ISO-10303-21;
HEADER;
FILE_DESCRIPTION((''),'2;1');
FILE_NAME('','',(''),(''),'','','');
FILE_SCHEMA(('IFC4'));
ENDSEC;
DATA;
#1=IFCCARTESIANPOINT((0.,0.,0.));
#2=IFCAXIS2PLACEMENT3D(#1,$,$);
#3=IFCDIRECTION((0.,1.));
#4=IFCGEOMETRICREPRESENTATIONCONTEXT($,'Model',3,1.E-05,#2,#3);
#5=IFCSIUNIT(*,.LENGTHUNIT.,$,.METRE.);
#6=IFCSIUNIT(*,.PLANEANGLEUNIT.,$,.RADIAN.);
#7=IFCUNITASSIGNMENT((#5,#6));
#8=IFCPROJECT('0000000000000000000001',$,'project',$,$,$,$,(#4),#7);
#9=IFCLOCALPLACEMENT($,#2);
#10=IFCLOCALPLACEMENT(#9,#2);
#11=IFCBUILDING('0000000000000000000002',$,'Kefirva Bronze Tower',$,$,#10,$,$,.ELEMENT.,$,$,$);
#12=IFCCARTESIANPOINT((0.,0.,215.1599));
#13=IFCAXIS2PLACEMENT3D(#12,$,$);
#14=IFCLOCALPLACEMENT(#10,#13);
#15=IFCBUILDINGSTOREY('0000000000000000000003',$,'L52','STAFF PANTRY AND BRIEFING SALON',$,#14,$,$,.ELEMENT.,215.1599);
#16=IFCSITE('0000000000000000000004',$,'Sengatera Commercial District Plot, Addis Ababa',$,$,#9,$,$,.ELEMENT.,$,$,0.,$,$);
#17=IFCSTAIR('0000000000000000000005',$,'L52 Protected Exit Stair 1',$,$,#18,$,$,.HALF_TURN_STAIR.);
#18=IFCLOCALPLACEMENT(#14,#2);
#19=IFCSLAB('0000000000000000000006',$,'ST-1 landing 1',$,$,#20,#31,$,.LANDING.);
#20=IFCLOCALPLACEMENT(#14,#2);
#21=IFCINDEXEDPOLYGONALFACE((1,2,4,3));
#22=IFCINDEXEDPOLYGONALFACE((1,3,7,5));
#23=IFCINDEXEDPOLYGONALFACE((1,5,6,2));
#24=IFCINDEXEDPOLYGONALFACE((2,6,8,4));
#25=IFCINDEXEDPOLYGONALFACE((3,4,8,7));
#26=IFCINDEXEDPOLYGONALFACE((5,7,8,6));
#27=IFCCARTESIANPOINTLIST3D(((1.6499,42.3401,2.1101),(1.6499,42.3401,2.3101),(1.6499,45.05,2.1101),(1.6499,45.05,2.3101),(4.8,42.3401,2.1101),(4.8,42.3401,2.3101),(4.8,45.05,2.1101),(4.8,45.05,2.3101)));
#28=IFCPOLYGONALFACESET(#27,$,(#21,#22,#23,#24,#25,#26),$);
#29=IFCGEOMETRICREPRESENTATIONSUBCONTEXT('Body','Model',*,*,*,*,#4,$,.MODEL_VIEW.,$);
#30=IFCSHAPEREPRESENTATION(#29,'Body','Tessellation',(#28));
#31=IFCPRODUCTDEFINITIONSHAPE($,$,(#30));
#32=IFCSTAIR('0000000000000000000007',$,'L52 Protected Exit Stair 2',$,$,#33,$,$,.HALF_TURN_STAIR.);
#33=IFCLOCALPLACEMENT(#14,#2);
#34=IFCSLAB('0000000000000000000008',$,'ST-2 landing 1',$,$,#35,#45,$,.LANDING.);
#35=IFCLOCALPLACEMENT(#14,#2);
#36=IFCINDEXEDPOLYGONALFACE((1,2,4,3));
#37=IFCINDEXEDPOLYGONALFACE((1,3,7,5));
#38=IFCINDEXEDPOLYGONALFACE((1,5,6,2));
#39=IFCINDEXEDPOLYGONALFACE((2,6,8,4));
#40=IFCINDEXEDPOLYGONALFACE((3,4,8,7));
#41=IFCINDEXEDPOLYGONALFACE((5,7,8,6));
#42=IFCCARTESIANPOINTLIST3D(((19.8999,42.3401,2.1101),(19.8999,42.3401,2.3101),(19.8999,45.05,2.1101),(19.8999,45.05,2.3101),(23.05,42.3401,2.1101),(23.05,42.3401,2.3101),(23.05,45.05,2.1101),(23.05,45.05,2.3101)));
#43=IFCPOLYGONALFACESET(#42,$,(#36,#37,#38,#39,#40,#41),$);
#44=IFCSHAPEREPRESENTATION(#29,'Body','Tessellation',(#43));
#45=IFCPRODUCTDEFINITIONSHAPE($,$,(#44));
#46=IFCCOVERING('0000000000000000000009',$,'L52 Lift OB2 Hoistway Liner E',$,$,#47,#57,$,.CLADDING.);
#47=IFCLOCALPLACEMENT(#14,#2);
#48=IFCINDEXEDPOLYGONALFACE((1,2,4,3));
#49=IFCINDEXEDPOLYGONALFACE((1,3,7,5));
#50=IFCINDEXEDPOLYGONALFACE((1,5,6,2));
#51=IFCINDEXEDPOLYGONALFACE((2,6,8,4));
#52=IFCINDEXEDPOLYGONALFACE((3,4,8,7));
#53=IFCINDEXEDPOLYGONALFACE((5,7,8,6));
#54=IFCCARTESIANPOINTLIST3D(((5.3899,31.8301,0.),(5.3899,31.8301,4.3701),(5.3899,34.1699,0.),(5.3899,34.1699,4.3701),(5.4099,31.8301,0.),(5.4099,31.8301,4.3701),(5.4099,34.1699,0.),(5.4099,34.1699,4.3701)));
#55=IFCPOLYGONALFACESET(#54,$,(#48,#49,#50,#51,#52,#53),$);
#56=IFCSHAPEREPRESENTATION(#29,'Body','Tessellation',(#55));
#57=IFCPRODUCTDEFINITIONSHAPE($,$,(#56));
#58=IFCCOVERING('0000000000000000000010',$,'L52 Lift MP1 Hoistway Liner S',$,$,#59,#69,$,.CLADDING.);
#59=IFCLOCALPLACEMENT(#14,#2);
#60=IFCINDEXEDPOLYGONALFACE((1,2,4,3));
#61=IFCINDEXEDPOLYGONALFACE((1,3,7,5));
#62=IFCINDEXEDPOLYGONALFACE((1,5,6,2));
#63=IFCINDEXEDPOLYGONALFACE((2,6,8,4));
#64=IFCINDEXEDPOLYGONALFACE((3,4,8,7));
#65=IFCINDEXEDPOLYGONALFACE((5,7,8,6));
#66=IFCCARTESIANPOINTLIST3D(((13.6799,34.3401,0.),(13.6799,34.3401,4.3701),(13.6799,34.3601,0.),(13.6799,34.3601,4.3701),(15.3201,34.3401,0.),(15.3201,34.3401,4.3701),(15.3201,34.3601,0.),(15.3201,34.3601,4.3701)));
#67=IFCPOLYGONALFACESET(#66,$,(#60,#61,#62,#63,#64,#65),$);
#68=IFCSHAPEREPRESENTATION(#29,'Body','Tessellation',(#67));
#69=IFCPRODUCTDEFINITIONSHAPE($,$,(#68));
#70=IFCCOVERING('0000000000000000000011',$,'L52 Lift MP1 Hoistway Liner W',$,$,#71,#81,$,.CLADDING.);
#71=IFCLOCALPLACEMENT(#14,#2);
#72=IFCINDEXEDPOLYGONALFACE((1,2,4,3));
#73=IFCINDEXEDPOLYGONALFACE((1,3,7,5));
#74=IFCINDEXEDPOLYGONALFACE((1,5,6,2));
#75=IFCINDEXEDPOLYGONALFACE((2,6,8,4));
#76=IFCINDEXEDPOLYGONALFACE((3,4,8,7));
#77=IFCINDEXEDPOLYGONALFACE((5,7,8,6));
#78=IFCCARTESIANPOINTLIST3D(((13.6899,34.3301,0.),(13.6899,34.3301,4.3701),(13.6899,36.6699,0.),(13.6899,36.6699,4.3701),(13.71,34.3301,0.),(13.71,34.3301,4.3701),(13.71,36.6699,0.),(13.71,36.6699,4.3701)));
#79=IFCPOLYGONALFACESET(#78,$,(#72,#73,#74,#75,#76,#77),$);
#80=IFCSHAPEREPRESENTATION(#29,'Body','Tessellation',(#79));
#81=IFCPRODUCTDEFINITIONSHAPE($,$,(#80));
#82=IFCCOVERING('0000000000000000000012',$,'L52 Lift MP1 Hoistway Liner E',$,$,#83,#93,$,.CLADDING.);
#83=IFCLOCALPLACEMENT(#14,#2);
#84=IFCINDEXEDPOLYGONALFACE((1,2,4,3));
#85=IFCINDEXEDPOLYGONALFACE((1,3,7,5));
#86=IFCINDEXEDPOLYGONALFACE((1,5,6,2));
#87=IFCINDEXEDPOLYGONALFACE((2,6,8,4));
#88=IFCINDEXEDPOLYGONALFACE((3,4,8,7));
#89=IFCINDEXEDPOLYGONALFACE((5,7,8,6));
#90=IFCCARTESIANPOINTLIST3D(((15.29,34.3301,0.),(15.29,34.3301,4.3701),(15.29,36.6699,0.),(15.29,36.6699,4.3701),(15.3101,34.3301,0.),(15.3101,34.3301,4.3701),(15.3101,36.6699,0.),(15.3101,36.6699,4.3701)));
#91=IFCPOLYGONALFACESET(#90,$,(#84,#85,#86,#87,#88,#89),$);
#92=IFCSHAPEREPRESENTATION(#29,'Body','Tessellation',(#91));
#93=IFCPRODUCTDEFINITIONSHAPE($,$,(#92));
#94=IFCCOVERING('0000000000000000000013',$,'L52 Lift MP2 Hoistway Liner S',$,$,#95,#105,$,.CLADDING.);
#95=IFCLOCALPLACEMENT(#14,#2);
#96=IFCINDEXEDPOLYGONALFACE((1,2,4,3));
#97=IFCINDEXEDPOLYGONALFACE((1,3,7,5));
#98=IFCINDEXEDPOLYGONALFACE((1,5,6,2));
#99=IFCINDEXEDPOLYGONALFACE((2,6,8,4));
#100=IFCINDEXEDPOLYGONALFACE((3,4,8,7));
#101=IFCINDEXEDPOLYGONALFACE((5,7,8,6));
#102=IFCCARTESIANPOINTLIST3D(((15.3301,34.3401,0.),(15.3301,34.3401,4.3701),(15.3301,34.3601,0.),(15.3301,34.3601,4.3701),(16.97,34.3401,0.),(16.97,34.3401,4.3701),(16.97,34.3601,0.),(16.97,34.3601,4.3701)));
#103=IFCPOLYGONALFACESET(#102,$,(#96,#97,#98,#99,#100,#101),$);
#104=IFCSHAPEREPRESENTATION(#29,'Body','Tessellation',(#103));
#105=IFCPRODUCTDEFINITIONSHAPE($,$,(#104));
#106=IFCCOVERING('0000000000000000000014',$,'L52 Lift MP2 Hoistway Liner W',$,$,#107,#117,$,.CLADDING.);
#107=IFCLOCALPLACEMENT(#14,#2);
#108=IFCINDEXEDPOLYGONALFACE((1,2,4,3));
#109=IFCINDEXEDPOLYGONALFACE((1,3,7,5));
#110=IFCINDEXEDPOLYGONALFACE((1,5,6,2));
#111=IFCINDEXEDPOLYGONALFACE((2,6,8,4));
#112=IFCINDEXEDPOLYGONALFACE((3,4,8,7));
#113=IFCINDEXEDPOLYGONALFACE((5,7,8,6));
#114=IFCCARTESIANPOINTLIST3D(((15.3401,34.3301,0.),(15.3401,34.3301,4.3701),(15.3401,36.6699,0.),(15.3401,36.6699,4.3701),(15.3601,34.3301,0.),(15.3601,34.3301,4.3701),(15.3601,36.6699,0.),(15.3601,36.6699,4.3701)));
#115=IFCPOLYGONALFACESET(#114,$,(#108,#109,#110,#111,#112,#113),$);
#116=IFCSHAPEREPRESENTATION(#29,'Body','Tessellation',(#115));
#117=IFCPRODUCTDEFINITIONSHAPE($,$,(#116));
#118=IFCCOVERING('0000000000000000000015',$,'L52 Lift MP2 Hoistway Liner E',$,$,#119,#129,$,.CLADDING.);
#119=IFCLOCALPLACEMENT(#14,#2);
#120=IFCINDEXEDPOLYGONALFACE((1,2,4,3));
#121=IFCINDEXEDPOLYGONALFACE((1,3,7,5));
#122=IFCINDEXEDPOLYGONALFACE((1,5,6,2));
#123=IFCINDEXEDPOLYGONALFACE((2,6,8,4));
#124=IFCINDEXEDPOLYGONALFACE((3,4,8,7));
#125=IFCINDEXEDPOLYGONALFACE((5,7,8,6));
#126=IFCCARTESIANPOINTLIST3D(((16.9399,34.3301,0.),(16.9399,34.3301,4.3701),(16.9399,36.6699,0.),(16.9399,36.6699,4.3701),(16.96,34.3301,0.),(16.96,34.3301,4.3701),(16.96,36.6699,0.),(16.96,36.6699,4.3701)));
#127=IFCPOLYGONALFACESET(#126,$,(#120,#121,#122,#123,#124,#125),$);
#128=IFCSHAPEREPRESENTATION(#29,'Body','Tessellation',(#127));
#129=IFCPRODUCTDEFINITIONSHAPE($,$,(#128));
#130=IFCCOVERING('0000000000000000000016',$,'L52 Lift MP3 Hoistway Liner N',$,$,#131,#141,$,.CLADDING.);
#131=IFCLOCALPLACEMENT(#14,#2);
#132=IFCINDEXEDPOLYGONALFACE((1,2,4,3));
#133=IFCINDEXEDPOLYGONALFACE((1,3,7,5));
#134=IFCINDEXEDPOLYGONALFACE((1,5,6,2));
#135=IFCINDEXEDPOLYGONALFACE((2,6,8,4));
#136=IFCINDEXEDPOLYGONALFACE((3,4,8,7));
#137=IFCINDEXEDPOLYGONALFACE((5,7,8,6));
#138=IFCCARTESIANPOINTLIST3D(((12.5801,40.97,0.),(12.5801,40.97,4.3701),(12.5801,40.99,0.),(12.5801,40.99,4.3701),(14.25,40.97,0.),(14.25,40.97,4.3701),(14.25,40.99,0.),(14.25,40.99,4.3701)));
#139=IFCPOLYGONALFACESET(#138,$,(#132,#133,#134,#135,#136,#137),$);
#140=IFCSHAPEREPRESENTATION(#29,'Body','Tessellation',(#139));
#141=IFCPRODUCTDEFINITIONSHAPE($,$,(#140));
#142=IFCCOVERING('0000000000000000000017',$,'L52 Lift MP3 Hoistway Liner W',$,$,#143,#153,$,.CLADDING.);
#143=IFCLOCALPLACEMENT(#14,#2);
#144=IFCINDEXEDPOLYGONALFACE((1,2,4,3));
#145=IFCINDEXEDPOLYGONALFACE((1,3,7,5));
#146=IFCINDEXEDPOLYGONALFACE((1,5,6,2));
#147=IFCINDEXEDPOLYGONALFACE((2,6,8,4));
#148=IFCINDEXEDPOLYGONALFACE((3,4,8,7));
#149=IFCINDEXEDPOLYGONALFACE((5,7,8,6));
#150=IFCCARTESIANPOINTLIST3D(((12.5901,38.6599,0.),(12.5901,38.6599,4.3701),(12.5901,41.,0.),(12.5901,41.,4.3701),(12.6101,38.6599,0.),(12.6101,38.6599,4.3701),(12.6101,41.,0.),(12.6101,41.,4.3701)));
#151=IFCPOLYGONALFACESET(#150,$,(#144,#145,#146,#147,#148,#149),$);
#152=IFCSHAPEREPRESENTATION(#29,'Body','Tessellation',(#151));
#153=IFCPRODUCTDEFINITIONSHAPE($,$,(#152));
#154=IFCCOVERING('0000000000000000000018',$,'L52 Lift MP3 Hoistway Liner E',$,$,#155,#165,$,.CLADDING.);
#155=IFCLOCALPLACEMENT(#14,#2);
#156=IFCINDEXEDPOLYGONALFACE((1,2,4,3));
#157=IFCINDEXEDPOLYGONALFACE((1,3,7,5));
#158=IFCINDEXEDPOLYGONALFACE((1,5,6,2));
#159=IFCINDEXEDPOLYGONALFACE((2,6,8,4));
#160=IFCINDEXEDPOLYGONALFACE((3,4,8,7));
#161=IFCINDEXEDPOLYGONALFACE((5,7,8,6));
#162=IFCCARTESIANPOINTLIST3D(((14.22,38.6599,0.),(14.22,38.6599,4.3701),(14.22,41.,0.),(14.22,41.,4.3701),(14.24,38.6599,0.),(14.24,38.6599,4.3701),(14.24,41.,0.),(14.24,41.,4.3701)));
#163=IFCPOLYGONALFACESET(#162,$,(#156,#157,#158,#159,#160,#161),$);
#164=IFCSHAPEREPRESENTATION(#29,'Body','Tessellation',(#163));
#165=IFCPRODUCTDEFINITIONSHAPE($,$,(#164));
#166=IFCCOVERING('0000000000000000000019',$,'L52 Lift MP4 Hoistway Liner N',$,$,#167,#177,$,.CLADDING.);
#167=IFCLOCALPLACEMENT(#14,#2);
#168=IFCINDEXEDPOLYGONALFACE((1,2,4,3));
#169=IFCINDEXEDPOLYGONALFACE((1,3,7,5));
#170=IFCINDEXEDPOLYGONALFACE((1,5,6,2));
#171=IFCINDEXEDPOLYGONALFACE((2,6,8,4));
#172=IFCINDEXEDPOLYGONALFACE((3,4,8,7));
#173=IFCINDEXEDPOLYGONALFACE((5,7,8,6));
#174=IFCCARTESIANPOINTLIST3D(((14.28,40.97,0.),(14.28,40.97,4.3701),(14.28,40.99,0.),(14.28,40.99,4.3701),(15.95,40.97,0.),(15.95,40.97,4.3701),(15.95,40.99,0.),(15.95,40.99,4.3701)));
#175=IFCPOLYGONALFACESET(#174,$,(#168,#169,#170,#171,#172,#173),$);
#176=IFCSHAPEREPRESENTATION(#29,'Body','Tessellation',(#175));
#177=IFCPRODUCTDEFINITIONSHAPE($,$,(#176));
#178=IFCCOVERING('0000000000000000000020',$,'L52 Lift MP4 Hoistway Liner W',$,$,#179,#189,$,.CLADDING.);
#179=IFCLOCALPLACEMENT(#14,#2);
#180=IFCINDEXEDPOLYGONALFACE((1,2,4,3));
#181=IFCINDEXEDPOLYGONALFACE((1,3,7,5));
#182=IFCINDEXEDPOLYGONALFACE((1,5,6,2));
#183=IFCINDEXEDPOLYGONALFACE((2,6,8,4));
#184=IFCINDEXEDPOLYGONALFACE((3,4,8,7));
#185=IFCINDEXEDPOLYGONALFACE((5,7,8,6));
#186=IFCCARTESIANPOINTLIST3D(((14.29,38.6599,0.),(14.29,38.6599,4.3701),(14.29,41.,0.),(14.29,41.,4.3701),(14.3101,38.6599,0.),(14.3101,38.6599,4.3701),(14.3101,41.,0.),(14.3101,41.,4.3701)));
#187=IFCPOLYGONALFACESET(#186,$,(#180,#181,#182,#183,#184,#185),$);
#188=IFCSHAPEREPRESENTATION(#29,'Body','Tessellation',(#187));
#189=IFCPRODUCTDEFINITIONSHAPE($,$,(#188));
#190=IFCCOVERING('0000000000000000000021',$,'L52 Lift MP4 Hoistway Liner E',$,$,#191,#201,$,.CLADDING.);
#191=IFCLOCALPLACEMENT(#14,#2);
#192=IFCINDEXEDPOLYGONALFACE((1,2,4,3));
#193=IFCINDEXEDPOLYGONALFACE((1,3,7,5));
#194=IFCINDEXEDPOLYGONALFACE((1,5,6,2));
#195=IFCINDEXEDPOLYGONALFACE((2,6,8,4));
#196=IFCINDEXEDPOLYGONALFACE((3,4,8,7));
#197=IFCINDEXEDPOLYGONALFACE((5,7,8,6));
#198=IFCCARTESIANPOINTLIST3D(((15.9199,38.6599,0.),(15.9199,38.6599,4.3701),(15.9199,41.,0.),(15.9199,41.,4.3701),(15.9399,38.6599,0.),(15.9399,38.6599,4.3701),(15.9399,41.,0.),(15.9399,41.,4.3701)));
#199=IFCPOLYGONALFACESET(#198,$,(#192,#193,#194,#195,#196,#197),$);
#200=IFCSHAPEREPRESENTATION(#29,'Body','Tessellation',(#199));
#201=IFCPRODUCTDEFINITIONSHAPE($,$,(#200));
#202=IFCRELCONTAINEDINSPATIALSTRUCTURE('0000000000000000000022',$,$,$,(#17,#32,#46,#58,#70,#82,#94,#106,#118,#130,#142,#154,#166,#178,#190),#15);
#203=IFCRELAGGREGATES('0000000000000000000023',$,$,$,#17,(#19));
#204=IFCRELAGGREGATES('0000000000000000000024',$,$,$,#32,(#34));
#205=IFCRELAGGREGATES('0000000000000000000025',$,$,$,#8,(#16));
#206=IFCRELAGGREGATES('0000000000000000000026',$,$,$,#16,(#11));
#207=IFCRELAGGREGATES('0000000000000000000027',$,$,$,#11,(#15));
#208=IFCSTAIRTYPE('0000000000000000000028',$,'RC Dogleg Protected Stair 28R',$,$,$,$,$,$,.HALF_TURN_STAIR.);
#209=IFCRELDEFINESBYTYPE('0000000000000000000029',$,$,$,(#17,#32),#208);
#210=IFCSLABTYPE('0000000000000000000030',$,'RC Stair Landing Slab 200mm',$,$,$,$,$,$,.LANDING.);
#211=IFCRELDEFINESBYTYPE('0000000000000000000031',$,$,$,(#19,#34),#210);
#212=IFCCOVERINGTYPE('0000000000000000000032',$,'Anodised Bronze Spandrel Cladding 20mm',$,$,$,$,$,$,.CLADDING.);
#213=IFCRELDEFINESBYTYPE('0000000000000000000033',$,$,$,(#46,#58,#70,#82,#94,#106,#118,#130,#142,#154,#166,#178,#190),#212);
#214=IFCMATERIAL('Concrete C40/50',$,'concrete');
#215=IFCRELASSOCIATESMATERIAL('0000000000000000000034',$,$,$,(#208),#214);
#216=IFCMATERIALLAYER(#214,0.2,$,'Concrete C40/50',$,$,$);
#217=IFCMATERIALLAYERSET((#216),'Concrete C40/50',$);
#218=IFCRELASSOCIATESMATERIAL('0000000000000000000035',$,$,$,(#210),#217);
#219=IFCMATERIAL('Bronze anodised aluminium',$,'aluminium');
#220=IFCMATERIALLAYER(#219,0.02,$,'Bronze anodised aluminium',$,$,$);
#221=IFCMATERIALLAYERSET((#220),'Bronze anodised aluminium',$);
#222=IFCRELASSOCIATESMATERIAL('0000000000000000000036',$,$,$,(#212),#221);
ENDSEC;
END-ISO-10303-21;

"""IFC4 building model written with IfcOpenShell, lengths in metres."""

from ifc_helpers import new_model, si_unit, direction, frame, origin, place, context, subcontext, project, spatial, polyline, outline, extrude, material, layer, layer_set, type_object, element, aggregate, save


model = new_model("IFC4")

# Units and contexts
model_context = context("Model", 3, precision=1e-05, world=origin(), true_north=direction((0.0, 1.0)))
body_context = subcontext(model_context, "Body", "Model", "MODEL_VIEW")
ifc_project = project(units=[si_unit("LENGTHUNIT", "METRE"), si_unit("PLANEANGLEUNIT", "RADIAN")], contexts=[model_context])

# Site, building, storey
site_placement = place(None, origin())
site = spatial("IfcSite", under=ifc_project, at=site_placement, Name="Sengatera Commercial District Plot, Addis Ababa", CompositionType="ELEMENT", RefElevation=0.0)
building_placement = place(site_placement, origin())
building = spatial("IfcBuilding", under=site, at=building_placement, Name="Kefirva Bronze Tower", CompositionType="ELEMENT")
storey_placement = place(building_placement, frame((0.0, 0.0, 215.1599)))
storey = spatial("IfcBuildingStorey", under=building, at=storey_placement, Name="L52", Description="STAFF PANTRY AND BRIEFING SALON", CompositionType="ELEMENT", Elevation=215.1599)

# Stairs, slabs
ifc_material_1 = material(Name="Concrete C40/50", Category="concrete")
stair_type = type_object("IfcStairType", Name="RC Dogleg Protected Stair 28R", PredefinedType="HALF_TURN_STAIR", material=ifc_material_1)
stair_1_placement = place(storey_placement, origin())
stair_1 = element("IfcStair", 1, at=stair_1_placement, inside=storey, type_object=stair_type, Name="L52 Protected Exit Stair 1", PredefinedType="HALF_TURN_STAIR")
ifc_layer_1 = layer(ifc_material_1, 0.2, Name="Concrete C40/50")
ifc_layer_set_1 = layer_set([ifc_layer_1], Name="Concrete C40/50")
slab_type = type_object("IfcSlabType", Name="RC Stair Landing Slab 200mm", PredefinedType="LANDING", material=ifc_layer_set_1)
slab_1_placement = place(storey_placement, frame((0.0, 0.0, 2.1101)))
slab_1 = element("IfcSlab", 2, at=slab_1_placement, type_object=slab_type, Name="ST-1 landing 1", PredefinedType="LANDING", context=body_context, shape_type="SweptSolid", body=[
    extrude(outline(polyline([(4.8, 42.3401), (4.8, 45.05), (1.6499, 45.05), (1.6499, 42.3401), (4.8, 42.3401)])), origin(), (0.0, 0.0, 1.0), 0.2),
])
aggregate(stair_1, [slab_1])
stair_2_placement = place(storey_placement, origin())
stair_2 = element("IfcStair", 3, at=stair_2_placement, inside=storey, type_object=stair_type, Name="L52 Protected Exit Stair 2", PredefinedType="HALF_TURN_STAIR")
slab_2_placement = place(storey_placement, frame((0.0, 0.0, 2.1101)))
slab_2 = element("IfcSlab", 4, at=slab_2_placement, type_object=slab_type, Name="ST-2 landing 1", PredefinedType="LANDING", context=body_context, shape_type="SweptSolid", body=[
    extrude(outline(polyline([(23.05, 42.3401), (23.05, 45.05), (19.8999, 45.05), (19.8999, 42.3401), (23.05, 42.3401)])), origin(), (0.0, 0.0, 1.0), 0.2),
])
aggregate(stair_2, [slab_2])

# Coverings
ifc_material_2 = material(Name="Bronze anodised aluminium", Category="aluminium")
ifc_layer_2 = layer(ifc_material_2, 0.02, Name="Bronze anodised aluminium")
ifc_layer_set_2 = layer_set([ifc_layer_2], Name="Bronze anodised aluminium")
covering_type = type_object("IfcCoveringType", Name="Anodised Bronze Spandrel Cladding 20mm", PredefinedType="CLADDING", material=ifc_layer_set_2)
covering_1_placement = place(storey_placement, origin())
element("IfcCovering", 5, at=covering_1_placement, inside=storey, type_object=covering_type, Name="L52 Lift OB2 Hoistway Liner E", PredefinedType="CLADDING", context=body_context, shape_type="SweptSolid", body=[
    extrude(outline(polyline([(5.3899, 31.8301), (5.4099, 31.8301), (5.4099, 34.1699), (5.3899, 34.1699), (5.3899, 31.8301)])), origin(), (0.0, 0.0, 1.0), 4.3701),
])
covering_2_placement = place(storey_placement, origin())
element("IfcCovering", 6, at=covering_2_placement, inside=storey, type_object=covering_type, Name="L52 Lift MP1 Hoistway Liner S", PredefinedType="CLADDING", context=body_context, shape_type="SweptSolid", body=[
    extrude(outline(polyline([(13.6799, 34.3401), (15.3201, 34.3401), (15.3201, 34.3601), (13.6799, 34.3601), (13.6799, 34.3401)])), origin(), (0.0, 0.0, 1.0), 4.3701),
])
covering_3_placement = place(storey_placement, origin())
element("IfcCovering", 7, at=covering_3_placement, inside=storey, type_object=covering_type, Name="L52 Lift MP1 Hoistway Liner W", PredefinedType="CLADDING", context=body_context, shape_type="SweptSolid", body=[
    extrude(outline(polyline([(13.6899, 34.3301), (13.71, 34.3301), (13.71, 36.6699), (13.6899, 36.6699), (13.6899, 34.3301)])), origin(), (0.0, 0.0, 1.0), 4.3701),
])
covering_4_placement = place(storey_placement, origin())
element("IfcCovering", 8, at=covering_4_placement, inside=storey, type_object=covering_type, Name="L52 Lift MP1 Hoistway Liner E", PredefinedType="CLADDING", context=body_context, shape_type="SweptSolid", body=[
    extrude(outline(polyline([(15.29, 34.3301), (15.3101, 34.3301), (15.3101, 36.6699), (15.29, 36.6699), (15.29, 34.3301)])), origin(), (0.0, 0.0, 1.0), 4.3701),
])
covering_5_placement = place(storey_placement, origin())
element("IfcCovering", 9, at=covering_5_placement, inside=storey, type_object=covering_type, Name="L52 Lift MP2 Hoistway Liner S", PredefinedType="CLADDING", context=body_context, shape_type="SweptSolid", body=[
    extrude(outline(polyline([(15.3301, 34.3401), (16.97, 34.3401), (16.97, 34.3601), (15.3301, 34.3601), (15.3301, 34.3401)])), origin(), (0.0, 0.0, 1.0), 4.3701),
])
covering_6_placement = place(storey_placement, origin())
element("IfcCovering", 10, at=covering_6_placement, inside=storey, type_object=covering_type, Name="L52 Lift MP2 Hoistway Liner W", PredefinedType="CLADDING", context=body_context, shape_type="SweptSolid", body=[
    extrude(outline(polyline([(15.3401, 34.3301), (15.3601, 34.3301), (15.3601, 36.6699), (15.3401, 36.6699), (15.3401, 34.3301)])), origin(), (0.0, 0.0, 1.0), 4.3701),
])
covering_7_placement = place(storey_placement, origin())
element("IfcCovering", 11, at=covering_7_placement, inside=storey, type_object=covering_type, Name="L52 Lift MP2 Hoistway Liner E", PredefinedType="CLADDING", context=body_context, shape_type="SweptSolid", body=[
    extrude(outline(polyline([(16.9399, 34.3301), (16.96, 34.3301), (16.96, 36.6699), (16.9399, 36.6699), (16.9399, 34.3301)])), origin(), (0.0, 0.0, 1.0), 4.3701),
])
covering_8_placement = place(storey_placement, origin())
element("IfcCovering", 12, at=covering_8_placement, inside=storey, type_object=covering_type, Name="L52 Lift MP3 Hoistway Liner N", PredefinedType="CLADDING", context=body_context, shape_type="SweptSolid", body=[
    extrude(outline(polyline([(12.5801, 40.97), (14.25, 40.97), (14.25, 40.99), (12.5801, 40.99), (12.5801, 40.97)])), origin(), (0.0, 0.0, 1.0), 4.3701),
])
covering_9_placement = place(storey_placement, origin())
element("IfcCovering", 13, at=covering_9_placement, inside=storey, type_object=covering_type, Name="L52 Lift MP3 Hoistway Liner W", PredefinedType="CLADDING", context=body_context, shape_type="SweptSolid", body=[
    extrude(outline(polyline([(12.5901, 38.6599), (12.6101, 38.6599), (12.6101, 41.0), (12.5901, 41.0), (12.5901, 38.6599)])), origin(), (0.0, 0.0, 1.0), 4.3701),
])
covering_10_placement = place(storey_placement, origin())
element("IfcCovering", 14, at=covering_10_placement, inside=storey, type_object=covering_type, Name="L52 Lift MP3 Hoistway Liner E", PredefinedType="CLADDING", context=body_context, shape_type="SweptSolid", body=[
    extrude(outline(polyline([(14.22, 38.6599), (14.24, 38.6599), (14.24, 41.0), (14.22, 41.0), (14.22, 38.6599)])), origin(), (0.0, 0.0, 1.0), 4.3701),
])
covering_11_placement = place(storey_placement, origin())
element("IfcCovering", 15, at=covering_11_placement, inside=storey, type_object=covering_type, Name="L52 Lift MP4 Hoistway Liner N", PredefinedType="CLADDING", context=body_context, shape_type="SweptSolid", body=[
    extrude(outline(polyline([(14.28, 40.97), (15.95, 40.97), (15.95, 40.99), (14.28, 40.99), (14.28, 40.97)])), origin(), (0.0, 0.0, 1.0), 4.3701),
])
covering_12_placement = place(storey_placement, origin())
element("IfcCovering", 16, at=covering_12_placement, inside=storey, type_object=covering_type, Name="L52 Lift MP4 Hoistway Liner W", PredefinedType="CLADDING", context=body_context, shape_type="SweptSolid", body=[
    extrude(outline(polyline([(14.29, 38.6599), (14.3101, 38.6599), (14.3101, 41.0), (14.29, 41.0), (14.29, 38.6599)])), origin(), (0.0, 0.0, 1.0), 4.3701),
])
covering_13_placement = place(storey_placement, origin())
element("IfcCovering", 17, at=covering_13_placement, inside=storey, type_object=covering_type, Name="L52 Lift MP4 Hoistway Liner E", PredefinedType="CLADDING", context=body_context, shape_type="SweptSolid", body=[
    extrude(outline(polyline([(15.9199, 38.6599), (15.9399, 38.6599), (15.9399, 41.0), (15.9199, 41.0), (15.9199, 38.6599)])), origin(), (0.0, 0.0, 1.0), 4.3701),
])

save(model, "model.ifc")
